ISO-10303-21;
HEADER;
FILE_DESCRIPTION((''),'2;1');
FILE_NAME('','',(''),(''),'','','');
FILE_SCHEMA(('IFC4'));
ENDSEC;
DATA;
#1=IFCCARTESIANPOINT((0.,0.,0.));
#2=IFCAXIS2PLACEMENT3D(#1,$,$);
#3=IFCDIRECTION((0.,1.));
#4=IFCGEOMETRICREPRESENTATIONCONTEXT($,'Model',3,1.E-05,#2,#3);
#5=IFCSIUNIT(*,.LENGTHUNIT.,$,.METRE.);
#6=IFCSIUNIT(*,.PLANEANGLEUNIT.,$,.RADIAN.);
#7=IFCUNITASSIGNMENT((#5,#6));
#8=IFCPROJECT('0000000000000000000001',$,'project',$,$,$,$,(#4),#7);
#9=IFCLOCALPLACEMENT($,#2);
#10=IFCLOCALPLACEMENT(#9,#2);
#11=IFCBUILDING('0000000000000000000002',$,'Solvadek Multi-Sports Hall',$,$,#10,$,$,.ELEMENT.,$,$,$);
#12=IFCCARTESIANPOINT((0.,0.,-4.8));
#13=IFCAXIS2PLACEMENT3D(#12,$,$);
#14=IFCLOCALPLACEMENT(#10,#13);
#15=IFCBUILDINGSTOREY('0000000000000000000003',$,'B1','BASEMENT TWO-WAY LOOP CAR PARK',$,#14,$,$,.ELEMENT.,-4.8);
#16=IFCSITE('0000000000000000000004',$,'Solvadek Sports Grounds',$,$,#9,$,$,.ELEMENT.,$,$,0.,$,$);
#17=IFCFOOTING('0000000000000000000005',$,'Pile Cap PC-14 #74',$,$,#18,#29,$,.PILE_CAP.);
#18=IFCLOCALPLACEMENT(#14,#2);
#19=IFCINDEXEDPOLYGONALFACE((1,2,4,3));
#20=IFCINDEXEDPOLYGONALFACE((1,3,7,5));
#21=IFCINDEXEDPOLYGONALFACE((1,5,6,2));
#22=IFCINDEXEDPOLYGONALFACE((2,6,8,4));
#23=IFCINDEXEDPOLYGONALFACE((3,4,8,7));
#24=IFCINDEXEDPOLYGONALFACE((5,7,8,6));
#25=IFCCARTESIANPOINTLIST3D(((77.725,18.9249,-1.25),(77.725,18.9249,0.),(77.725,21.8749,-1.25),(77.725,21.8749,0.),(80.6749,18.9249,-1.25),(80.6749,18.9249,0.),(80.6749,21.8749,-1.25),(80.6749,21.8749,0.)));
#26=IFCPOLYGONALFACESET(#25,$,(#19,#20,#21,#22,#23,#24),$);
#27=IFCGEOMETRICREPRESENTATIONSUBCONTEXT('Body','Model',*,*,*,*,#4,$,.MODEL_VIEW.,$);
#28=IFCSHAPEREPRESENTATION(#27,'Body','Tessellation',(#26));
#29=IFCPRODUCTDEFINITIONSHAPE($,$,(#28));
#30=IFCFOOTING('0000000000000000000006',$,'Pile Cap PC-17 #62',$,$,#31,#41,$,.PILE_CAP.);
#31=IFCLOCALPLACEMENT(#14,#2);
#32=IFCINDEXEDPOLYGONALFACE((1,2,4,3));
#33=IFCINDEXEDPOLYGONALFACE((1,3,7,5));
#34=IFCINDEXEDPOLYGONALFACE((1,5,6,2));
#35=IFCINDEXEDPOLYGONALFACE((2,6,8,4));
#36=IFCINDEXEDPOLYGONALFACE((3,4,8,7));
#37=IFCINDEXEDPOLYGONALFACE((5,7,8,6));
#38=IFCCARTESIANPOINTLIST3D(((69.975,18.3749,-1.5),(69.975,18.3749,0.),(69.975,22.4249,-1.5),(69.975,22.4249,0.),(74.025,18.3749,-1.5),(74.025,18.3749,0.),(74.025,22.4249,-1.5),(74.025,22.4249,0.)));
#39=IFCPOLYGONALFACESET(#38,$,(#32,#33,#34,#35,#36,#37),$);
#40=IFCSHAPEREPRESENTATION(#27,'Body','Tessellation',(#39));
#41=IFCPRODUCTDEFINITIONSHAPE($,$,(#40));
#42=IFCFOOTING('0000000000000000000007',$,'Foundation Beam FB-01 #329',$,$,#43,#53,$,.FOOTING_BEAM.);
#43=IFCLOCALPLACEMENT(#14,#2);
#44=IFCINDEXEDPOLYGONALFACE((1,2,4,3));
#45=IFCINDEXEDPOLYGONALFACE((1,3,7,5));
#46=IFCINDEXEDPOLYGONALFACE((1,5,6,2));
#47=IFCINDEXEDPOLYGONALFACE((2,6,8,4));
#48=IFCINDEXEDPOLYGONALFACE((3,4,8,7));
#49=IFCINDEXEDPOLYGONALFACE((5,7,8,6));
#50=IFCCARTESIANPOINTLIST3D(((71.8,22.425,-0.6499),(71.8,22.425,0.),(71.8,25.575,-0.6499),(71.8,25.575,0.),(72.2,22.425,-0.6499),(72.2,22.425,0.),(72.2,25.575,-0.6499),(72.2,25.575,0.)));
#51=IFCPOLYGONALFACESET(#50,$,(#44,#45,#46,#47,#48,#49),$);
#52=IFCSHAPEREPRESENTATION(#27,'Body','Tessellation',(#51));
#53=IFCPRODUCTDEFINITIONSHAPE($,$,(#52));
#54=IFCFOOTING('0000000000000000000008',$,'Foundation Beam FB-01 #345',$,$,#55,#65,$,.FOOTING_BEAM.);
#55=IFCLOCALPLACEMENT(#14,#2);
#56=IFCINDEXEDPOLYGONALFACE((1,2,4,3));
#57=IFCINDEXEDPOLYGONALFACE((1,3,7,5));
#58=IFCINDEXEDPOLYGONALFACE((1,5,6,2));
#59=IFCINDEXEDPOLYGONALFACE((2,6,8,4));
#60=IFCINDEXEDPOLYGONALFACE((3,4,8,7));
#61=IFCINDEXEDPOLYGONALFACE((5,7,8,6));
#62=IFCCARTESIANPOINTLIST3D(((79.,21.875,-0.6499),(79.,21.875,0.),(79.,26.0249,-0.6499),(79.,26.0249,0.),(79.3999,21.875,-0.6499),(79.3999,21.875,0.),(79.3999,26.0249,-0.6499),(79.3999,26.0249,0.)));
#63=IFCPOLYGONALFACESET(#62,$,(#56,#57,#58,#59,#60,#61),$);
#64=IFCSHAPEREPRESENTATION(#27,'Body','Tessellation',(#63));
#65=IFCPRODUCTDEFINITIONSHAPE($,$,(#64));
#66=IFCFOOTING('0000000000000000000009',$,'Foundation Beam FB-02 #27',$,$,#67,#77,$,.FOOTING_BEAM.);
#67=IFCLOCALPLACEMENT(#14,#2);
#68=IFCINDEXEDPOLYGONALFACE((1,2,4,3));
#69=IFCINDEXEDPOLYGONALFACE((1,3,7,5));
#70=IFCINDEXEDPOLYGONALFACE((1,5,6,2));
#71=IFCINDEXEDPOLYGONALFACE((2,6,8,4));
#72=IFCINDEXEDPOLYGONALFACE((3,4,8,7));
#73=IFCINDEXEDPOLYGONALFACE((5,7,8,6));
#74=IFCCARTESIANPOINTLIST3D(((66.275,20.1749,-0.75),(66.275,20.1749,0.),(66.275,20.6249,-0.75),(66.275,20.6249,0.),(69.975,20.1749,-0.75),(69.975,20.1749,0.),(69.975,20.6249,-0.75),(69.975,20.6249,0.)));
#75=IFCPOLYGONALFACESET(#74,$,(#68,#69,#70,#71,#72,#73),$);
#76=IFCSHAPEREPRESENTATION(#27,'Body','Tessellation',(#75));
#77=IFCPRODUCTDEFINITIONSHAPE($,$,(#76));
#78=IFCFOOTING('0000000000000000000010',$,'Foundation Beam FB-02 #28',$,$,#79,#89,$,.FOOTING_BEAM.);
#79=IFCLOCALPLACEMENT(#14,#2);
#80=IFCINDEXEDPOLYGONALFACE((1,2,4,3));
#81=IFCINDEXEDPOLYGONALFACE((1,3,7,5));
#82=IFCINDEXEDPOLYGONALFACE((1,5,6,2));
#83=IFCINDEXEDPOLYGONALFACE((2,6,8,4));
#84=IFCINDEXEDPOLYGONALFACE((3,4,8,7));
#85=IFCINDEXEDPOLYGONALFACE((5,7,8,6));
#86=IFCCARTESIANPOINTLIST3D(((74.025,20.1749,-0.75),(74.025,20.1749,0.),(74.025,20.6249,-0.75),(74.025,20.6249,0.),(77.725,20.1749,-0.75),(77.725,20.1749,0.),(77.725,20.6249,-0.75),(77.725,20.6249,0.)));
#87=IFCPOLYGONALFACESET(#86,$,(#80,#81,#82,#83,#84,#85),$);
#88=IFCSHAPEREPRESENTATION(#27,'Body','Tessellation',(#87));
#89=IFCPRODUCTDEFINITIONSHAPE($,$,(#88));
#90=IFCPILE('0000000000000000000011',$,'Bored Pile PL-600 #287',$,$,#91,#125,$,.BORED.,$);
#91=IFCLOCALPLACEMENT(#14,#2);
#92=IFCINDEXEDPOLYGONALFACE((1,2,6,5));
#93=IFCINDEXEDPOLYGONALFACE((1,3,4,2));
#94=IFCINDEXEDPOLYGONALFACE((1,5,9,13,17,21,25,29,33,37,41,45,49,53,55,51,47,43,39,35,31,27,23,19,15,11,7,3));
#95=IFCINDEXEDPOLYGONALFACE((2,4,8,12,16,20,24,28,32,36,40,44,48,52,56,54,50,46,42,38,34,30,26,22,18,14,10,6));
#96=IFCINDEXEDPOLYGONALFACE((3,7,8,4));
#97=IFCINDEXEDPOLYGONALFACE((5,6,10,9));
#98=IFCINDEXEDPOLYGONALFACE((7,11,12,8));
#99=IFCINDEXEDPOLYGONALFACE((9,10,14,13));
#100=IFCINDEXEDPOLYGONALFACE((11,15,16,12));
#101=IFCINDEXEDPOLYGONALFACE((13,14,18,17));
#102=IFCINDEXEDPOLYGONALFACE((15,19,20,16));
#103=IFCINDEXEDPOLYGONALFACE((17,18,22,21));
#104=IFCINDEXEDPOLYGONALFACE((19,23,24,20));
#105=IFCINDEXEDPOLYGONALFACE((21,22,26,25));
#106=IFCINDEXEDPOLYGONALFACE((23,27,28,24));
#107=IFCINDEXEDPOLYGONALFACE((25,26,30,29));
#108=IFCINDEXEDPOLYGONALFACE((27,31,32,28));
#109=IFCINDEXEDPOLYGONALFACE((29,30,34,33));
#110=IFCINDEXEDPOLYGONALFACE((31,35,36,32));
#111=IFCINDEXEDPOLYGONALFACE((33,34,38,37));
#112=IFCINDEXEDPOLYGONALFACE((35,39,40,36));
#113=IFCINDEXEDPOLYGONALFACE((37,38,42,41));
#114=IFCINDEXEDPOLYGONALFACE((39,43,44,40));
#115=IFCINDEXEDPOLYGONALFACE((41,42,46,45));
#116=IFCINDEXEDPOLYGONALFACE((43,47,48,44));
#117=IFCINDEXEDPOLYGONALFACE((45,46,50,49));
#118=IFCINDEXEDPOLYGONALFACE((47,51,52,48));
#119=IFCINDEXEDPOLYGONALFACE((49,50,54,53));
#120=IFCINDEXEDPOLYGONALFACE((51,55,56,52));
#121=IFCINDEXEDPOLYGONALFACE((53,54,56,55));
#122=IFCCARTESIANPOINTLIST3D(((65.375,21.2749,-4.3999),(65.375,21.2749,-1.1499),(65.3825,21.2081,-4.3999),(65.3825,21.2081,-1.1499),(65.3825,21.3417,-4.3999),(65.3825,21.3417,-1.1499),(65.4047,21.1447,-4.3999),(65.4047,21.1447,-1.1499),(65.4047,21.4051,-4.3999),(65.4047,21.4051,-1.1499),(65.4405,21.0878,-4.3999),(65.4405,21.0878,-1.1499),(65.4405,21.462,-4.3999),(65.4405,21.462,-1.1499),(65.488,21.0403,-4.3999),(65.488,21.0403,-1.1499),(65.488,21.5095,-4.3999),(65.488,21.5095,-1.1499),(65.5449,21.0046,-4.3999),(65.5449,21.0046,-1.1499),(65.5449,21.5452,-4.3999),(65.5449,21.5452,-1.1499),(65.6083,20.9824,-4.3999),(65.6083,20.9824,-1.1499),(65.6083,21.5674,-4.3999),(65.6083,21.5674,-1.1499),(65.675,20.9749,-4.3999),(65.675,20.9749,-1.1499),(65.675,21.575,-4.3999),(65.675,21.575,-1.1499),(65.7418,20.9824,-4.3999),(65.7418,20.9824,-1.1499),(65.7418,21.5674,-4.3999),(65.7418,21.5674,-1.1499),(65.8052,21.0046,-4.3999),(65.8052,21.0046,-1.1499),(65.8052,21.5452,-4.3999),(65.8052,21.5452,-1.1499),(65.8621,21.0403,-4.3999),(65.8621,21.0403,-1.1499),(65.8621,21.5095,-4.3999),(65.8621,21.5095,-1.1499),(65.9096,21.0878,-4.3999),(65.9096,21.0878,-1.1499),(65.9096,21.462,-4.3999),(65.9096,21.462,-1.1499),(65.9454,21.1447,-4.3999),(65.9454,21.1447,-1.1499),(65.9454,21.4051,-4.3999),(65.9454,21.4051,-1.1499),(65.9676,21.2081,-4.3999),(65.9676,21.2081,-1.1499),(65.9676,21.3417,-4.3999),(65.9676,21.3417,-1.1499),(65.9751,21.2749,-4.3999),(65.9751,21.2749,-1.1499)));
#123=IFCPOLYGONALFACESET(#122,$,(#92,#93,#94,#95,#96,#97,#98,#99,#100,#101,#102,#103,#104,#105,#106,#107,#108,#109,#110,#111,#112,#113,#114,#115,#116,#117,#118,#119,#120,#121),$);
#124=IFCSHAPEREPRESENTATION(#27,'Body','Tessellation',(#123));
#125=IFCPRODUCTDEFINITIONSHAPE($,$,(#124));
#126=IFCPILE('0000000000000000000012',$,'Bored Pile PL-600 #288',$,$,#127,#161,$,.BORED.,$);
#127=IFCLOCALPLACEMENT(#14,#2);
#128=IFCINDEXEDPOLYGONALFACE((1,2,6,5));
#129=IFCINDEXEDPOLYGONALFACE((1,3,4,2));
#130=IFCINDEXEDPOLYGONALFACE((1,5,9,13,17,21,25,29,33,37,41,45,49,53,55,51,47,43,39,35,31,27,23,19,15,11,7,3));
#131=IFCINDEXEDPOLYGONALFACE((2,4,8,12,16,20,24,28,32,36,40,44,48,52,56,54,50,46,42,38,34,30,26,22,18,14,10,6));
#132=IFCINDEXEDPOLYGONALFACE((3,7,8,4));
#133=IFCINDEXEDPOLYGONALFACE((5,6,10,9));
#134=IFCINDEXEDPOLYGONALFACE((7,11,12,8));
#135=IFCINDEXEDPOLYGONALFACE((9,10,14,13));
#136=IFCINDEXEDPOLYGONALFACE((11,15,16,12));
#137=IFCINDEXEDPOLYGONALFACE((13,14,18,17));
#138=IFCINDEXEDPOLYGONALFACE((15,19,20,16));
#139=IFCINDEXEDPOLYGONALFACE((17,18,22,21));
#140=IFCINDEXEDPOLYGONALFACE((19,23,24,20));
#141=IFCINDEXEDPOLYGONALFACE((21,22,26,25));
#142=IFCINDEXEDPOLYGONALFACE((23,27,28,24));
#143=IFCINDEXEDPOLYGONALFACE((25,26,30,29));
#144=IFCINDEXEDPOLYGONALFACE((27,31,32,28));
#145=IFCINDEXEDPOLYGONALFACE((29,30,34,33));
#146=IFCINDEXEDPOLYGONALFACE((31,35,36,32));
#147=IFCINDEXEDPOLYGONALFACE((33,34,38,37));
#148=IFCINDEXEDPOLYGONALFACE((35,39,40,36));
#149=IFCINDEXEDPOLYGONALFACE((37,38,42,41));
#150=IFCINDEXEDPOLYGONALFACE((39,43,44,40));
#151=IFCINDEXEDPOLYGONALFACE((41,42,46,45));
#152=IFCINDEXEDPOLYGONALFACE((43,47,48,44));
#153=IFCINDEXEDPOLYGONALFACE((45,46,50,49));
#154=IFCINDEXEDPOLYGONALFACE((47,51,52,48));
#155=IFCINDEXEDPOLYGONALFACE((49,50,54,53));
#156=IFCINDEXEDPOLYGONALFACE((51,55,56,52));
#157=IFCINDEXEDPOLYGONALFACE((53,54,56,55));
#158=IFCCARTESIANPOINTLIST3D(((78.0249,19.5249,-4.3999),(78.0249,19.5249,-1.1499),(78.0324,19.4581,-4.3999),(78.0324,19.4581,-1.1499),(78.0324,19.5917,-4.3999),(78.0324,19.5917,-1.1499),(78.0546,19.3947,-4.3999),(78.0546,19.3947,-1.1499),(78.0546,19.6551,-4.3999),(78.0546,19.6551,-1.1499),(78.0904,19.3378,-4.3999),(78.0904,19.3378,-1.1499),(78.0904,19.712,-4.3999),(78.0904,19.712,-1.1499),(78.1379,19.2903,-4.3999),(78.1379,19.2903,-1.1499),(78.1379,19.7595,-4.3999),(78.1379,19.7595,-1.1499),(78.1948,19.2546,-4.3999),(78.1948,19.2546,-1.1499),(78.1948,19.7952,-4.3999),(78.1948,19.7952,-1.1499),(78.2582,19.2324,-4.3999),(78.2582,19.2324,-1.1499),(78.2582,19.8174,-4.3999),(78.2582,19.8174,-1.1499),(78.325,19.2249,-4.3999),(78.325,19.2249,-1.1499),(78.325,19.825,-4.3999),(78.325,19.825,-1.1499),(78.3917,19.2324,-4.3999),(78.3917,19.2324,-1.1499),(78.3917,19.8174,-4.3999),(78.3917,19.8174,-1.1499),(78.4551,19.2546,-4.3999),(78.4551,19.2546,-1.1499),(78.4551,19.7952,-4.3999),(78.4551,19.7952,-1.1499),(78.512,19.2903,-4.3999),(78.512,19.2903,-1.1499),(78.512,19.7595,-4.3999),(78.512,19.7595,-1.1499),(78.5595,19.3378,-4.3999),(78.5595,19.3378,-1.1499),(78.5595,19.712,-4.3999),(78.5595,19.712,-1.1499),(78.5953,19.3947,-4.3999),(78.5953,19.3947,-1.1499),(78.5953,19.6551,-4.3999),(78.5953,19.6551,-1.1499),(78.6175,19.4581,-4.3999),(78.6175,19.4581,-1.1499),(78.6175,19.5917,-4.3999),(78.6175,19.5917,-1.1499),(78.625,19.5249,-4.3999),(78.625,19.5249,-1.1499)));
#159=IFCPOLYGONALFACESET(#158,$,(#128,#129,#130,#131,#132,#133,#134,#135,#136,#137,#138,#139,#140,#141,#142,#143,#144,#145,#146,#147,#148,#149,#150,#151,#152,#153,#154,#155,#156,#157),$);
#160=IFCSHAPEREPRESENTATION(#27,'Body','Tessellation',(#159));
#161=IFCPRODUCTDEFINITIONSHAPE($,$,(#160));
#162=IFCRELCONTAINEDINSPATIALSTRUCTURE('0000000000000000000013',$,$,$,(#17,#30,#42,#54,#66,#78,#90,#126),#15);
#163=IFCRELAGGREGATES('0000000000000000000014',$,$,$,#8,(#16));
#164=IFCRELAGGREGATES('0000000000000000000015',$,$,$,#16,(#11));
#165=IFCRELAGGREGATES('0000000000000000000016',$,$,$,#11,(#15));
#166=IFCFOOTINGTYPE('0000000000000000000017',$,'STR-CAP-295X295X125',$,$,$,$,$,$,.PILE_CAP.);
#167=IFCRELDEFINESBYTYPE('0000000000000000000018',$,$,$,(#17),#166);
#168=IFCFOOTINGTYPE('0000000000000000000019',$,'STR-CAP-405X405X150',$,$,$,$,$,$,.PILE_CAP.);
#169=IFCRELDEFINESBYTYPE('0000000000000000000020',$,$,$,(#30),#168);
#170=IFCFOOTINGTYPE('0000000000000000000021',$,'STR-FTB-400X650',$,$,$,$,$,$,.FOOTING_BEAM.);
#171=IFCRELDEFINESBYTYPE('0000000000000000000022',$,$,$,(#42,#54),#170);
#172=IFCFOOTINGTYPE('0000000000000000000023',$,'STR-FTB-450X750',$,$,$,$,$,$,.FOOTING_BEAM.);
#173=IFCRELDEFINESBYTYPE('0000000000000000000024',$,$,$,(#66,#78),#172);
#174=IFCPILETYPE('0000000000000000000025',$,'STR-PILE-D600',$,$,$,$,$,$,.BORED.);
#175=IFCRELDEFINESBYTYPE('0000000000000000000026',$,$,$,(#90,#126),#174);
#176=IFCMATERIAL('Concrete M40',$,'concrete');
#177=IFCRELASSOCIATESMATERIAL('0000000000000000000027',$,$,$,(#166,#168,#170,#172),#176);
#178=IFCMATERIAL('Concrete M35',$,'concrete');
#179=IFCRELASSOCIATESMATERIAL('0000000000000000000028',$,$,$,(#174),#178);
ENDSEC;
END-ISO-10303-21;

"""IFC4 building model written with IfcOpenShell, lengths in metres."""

from ifc_helpers import new_model, si_unit, direction, frame, origin, origin_2d, place, context, subcontext, project, spatial, rectangle, circle, extrude, material, material_profile, profile_set, type_object, element, save


model = new_model("IFC4")

# Units and contexts
model_context = context("Model", 3, precision=1e-05, world=origin(), true_north=direction((0.0, 1.0)))
body_context = subcontext(model_context, "Body", "Model", "MODEL_VIEW")
ifc_project = project(units=[si_unit("LENGTHUNIT", "METRE"), si_unit("PLANEANGLEUNIT", "RADIAN")], contexts=[model_context])

# Site, building, storey
site_placement = place(None, origin())
site = spatial("IfcSite", under=ifc_project, at=site_placement, Name="Solvadek Sports Grounds", CompositionType="ELEMENT", RefElevation=0.0)
building_placement = place(site_placement, origin())
building = spatial("IfcBuilding", under=site, at=building_placement, Name="Solvadek Multi-Sports Hall", CompositionType="ELEMENT")
storey_placement = place(building_placement, frame((0.0, 0.0, -4.8)))
storey = spatial("IfcBuildingStorey", under=building, at=storey_placement, Name="B1", Description="BASEMENT TWO-WAY LOOP CAR PARK", CompositionType="ELEMENT", Elevation=-4.8)

# Footings
ifc_material_1 = material(Name="Concrete M40", Category="concrete")
footing_type_1 = type_object("IfcFootingType", Name="STR-CAP-295X295X125", PredefinedType="PILE_CAP", material=ifc_material_1)
footing_1_placement = place(storey_placement, frame((79.2, 20.3999, -1.25), z_axis=(0.0, 0.0, 1.0), x_axis=(1.0, 0.0, 0.0)))
element("IfcFooting", 1, at=footing_1_placement, inside=storey, type_object=footing_type_1, Name="Pile Cap PC-14 #74", PredefinedType="PILE_CAP", context=body_context, shape_type="SweptSolid", body=[
    extrude(rectangle(XDim=2.95, YDim=2.95, at=origin_2d()), origin(), (0.0, 0.0, 1.0), 1.25),
])
footing_type_2 = type_object("IfcFootingType", Name="STR-CAP-405X405X150", PredefinedType="PILE_CAP", material=ifc_material_1)
footing_2_placement = place(storey_placement, frame((72.0, 20.3999, -1.5), z_axis=(0.0, 0.0, 1.0), x_axis=(1.0, 0.0, 0.0)))
element("IfcFooting", 2, at=footing_2_placement, inside=storey, type_object=footing_type_2, Name="Pile Cap PC-17 #62", PredefinedType="PILE_CAP", context=body_context, shape_type="SweptSolid", body=[
    extrude(rectangle(XDim=4.05, YDim=4.05, at=origin_2d()), origin(), (0.0, 0.0, 1.0), 1.5),
])
footing_type_3 = type_object("IfcFootingType", Name="STR-FTB-400X650", PredefinedType="FOOTING_BEAM", material=ifc_material_1)
footing_3_placement = place(storey_placement, frame((72.0, 24.0, -0.6499), z_axis=(0.0, 0.0, 1.0), x_axis=(0.0, 1.0, 0.0)))
element("IfcFooting", 3, at=footing_3_placement, inside=storey, type_object=footing_type_3, Name="Foundation Beam FB-01 #329", PredefinedType="FOOTING_BEAM", context=body_context, shape_type="SweptSolid", body=[
    extrude(rectangle(XDim=3.1499, YDim=0.3999, at=origin_2d()), origin(), (0.0, 0.0, 1.0), 0.6499),
])
footing_4_placement = place(storey_placement, frame((79.2, 23.95, -0.6499), z_axis=(0.0, 0.0, 1.0), x_axis=(0.0, 1.0, 0.0)))
element("IfcFooting", 4, at=footing_4_placement, inside=storey, type_object=footing_type_3, Name="Foundation Beam FB-01 #345", PredefinedType="FOOTING_BEAM", context=body_context, shape_type="SweptSolid", body=[
    extrude(rectangle(XDim=4.1499, YDim=0.3999, at=origin_2d()), origin(), (0.0, 0.0, 1.0), 0.6499),
])
footing_type_4 = type_object("IfcFootingType", Name="STR-FTB-450X750", PredefinedType="FOOTING_BEAM", material=ifc_material_1)
for number, where, z_axis, x_axis, name in (
    (5, (68.125, 20.3999, -0.75), (0.0, 0.0, 1.0), (1.0, 0.0, 0.0), "Foundation Beam FB-02 #27"),
    (6, (75.875, 20.3999, -0.75), (0.0, 0.0, 1.0), (1.0, 0.0, 0.0), "Foundation Beam FB-02 #28"),
):
    element("IfcFooting", number, at=place(storey_placement, frame(where, z_axis=z_axis, x_axis=x_axis)), inside=storey, type_object=footing_type_4, Name=name, PredefinedType="FOOTING_BEAM", context=body_context, shape_type="SweptSolid", body=[
        extrude(rectangle(XDim=3.7, YDim=0.45, at=origin_2d()), origin(), (0.0, 0.0, 1.0), 0.75),
    ])

# Piles
ifc_material_2 = material(Name="Concrete M35", Category="concrete")
ifc_material_profile_1 = material_profile(ifc_material_2, circle(Radius=0.3, at=origin_2d()), Name="BORED PILE D600")
ifc_profile_set_1 = profile_set([ifc_material_profile_1], Name="Concrete M35")
pile_type_1 = type_object("IfcPileType", Name="STR-PILE-D600", PredefinedType="BORED", material=ifc_profile_set_1)
for number, where, z_axis, x_axis, name in (
    (7, (65.675, 21.2749, -1.1499), (0.0, 0.0, -1.0), (1.0, 0.0, 0.0), "Bored Pile PL-600 #287"),
    (8, (78.325, 19.5249, -1.1499), (0.0, 0.0, -1.0), (1.0, 0.0, 0.0), "Bored Pile PL-600 #288"),
):
    element("IfcPile", number, at=place(storey_placement, frame(where, z_axis=z_axis, x_axis=x_axis)), inside=storey, type_object=pile_type_1, Name=name, PredefinedType="BORED", context=body_context, shape_type="SweptSolid", body=[
        extrude(circle(Radius=0.3, at=origin_2d()), origin(), (0.0, 0.0, 1.0), 3.25),
    ])

save(model, "model.ifc")
